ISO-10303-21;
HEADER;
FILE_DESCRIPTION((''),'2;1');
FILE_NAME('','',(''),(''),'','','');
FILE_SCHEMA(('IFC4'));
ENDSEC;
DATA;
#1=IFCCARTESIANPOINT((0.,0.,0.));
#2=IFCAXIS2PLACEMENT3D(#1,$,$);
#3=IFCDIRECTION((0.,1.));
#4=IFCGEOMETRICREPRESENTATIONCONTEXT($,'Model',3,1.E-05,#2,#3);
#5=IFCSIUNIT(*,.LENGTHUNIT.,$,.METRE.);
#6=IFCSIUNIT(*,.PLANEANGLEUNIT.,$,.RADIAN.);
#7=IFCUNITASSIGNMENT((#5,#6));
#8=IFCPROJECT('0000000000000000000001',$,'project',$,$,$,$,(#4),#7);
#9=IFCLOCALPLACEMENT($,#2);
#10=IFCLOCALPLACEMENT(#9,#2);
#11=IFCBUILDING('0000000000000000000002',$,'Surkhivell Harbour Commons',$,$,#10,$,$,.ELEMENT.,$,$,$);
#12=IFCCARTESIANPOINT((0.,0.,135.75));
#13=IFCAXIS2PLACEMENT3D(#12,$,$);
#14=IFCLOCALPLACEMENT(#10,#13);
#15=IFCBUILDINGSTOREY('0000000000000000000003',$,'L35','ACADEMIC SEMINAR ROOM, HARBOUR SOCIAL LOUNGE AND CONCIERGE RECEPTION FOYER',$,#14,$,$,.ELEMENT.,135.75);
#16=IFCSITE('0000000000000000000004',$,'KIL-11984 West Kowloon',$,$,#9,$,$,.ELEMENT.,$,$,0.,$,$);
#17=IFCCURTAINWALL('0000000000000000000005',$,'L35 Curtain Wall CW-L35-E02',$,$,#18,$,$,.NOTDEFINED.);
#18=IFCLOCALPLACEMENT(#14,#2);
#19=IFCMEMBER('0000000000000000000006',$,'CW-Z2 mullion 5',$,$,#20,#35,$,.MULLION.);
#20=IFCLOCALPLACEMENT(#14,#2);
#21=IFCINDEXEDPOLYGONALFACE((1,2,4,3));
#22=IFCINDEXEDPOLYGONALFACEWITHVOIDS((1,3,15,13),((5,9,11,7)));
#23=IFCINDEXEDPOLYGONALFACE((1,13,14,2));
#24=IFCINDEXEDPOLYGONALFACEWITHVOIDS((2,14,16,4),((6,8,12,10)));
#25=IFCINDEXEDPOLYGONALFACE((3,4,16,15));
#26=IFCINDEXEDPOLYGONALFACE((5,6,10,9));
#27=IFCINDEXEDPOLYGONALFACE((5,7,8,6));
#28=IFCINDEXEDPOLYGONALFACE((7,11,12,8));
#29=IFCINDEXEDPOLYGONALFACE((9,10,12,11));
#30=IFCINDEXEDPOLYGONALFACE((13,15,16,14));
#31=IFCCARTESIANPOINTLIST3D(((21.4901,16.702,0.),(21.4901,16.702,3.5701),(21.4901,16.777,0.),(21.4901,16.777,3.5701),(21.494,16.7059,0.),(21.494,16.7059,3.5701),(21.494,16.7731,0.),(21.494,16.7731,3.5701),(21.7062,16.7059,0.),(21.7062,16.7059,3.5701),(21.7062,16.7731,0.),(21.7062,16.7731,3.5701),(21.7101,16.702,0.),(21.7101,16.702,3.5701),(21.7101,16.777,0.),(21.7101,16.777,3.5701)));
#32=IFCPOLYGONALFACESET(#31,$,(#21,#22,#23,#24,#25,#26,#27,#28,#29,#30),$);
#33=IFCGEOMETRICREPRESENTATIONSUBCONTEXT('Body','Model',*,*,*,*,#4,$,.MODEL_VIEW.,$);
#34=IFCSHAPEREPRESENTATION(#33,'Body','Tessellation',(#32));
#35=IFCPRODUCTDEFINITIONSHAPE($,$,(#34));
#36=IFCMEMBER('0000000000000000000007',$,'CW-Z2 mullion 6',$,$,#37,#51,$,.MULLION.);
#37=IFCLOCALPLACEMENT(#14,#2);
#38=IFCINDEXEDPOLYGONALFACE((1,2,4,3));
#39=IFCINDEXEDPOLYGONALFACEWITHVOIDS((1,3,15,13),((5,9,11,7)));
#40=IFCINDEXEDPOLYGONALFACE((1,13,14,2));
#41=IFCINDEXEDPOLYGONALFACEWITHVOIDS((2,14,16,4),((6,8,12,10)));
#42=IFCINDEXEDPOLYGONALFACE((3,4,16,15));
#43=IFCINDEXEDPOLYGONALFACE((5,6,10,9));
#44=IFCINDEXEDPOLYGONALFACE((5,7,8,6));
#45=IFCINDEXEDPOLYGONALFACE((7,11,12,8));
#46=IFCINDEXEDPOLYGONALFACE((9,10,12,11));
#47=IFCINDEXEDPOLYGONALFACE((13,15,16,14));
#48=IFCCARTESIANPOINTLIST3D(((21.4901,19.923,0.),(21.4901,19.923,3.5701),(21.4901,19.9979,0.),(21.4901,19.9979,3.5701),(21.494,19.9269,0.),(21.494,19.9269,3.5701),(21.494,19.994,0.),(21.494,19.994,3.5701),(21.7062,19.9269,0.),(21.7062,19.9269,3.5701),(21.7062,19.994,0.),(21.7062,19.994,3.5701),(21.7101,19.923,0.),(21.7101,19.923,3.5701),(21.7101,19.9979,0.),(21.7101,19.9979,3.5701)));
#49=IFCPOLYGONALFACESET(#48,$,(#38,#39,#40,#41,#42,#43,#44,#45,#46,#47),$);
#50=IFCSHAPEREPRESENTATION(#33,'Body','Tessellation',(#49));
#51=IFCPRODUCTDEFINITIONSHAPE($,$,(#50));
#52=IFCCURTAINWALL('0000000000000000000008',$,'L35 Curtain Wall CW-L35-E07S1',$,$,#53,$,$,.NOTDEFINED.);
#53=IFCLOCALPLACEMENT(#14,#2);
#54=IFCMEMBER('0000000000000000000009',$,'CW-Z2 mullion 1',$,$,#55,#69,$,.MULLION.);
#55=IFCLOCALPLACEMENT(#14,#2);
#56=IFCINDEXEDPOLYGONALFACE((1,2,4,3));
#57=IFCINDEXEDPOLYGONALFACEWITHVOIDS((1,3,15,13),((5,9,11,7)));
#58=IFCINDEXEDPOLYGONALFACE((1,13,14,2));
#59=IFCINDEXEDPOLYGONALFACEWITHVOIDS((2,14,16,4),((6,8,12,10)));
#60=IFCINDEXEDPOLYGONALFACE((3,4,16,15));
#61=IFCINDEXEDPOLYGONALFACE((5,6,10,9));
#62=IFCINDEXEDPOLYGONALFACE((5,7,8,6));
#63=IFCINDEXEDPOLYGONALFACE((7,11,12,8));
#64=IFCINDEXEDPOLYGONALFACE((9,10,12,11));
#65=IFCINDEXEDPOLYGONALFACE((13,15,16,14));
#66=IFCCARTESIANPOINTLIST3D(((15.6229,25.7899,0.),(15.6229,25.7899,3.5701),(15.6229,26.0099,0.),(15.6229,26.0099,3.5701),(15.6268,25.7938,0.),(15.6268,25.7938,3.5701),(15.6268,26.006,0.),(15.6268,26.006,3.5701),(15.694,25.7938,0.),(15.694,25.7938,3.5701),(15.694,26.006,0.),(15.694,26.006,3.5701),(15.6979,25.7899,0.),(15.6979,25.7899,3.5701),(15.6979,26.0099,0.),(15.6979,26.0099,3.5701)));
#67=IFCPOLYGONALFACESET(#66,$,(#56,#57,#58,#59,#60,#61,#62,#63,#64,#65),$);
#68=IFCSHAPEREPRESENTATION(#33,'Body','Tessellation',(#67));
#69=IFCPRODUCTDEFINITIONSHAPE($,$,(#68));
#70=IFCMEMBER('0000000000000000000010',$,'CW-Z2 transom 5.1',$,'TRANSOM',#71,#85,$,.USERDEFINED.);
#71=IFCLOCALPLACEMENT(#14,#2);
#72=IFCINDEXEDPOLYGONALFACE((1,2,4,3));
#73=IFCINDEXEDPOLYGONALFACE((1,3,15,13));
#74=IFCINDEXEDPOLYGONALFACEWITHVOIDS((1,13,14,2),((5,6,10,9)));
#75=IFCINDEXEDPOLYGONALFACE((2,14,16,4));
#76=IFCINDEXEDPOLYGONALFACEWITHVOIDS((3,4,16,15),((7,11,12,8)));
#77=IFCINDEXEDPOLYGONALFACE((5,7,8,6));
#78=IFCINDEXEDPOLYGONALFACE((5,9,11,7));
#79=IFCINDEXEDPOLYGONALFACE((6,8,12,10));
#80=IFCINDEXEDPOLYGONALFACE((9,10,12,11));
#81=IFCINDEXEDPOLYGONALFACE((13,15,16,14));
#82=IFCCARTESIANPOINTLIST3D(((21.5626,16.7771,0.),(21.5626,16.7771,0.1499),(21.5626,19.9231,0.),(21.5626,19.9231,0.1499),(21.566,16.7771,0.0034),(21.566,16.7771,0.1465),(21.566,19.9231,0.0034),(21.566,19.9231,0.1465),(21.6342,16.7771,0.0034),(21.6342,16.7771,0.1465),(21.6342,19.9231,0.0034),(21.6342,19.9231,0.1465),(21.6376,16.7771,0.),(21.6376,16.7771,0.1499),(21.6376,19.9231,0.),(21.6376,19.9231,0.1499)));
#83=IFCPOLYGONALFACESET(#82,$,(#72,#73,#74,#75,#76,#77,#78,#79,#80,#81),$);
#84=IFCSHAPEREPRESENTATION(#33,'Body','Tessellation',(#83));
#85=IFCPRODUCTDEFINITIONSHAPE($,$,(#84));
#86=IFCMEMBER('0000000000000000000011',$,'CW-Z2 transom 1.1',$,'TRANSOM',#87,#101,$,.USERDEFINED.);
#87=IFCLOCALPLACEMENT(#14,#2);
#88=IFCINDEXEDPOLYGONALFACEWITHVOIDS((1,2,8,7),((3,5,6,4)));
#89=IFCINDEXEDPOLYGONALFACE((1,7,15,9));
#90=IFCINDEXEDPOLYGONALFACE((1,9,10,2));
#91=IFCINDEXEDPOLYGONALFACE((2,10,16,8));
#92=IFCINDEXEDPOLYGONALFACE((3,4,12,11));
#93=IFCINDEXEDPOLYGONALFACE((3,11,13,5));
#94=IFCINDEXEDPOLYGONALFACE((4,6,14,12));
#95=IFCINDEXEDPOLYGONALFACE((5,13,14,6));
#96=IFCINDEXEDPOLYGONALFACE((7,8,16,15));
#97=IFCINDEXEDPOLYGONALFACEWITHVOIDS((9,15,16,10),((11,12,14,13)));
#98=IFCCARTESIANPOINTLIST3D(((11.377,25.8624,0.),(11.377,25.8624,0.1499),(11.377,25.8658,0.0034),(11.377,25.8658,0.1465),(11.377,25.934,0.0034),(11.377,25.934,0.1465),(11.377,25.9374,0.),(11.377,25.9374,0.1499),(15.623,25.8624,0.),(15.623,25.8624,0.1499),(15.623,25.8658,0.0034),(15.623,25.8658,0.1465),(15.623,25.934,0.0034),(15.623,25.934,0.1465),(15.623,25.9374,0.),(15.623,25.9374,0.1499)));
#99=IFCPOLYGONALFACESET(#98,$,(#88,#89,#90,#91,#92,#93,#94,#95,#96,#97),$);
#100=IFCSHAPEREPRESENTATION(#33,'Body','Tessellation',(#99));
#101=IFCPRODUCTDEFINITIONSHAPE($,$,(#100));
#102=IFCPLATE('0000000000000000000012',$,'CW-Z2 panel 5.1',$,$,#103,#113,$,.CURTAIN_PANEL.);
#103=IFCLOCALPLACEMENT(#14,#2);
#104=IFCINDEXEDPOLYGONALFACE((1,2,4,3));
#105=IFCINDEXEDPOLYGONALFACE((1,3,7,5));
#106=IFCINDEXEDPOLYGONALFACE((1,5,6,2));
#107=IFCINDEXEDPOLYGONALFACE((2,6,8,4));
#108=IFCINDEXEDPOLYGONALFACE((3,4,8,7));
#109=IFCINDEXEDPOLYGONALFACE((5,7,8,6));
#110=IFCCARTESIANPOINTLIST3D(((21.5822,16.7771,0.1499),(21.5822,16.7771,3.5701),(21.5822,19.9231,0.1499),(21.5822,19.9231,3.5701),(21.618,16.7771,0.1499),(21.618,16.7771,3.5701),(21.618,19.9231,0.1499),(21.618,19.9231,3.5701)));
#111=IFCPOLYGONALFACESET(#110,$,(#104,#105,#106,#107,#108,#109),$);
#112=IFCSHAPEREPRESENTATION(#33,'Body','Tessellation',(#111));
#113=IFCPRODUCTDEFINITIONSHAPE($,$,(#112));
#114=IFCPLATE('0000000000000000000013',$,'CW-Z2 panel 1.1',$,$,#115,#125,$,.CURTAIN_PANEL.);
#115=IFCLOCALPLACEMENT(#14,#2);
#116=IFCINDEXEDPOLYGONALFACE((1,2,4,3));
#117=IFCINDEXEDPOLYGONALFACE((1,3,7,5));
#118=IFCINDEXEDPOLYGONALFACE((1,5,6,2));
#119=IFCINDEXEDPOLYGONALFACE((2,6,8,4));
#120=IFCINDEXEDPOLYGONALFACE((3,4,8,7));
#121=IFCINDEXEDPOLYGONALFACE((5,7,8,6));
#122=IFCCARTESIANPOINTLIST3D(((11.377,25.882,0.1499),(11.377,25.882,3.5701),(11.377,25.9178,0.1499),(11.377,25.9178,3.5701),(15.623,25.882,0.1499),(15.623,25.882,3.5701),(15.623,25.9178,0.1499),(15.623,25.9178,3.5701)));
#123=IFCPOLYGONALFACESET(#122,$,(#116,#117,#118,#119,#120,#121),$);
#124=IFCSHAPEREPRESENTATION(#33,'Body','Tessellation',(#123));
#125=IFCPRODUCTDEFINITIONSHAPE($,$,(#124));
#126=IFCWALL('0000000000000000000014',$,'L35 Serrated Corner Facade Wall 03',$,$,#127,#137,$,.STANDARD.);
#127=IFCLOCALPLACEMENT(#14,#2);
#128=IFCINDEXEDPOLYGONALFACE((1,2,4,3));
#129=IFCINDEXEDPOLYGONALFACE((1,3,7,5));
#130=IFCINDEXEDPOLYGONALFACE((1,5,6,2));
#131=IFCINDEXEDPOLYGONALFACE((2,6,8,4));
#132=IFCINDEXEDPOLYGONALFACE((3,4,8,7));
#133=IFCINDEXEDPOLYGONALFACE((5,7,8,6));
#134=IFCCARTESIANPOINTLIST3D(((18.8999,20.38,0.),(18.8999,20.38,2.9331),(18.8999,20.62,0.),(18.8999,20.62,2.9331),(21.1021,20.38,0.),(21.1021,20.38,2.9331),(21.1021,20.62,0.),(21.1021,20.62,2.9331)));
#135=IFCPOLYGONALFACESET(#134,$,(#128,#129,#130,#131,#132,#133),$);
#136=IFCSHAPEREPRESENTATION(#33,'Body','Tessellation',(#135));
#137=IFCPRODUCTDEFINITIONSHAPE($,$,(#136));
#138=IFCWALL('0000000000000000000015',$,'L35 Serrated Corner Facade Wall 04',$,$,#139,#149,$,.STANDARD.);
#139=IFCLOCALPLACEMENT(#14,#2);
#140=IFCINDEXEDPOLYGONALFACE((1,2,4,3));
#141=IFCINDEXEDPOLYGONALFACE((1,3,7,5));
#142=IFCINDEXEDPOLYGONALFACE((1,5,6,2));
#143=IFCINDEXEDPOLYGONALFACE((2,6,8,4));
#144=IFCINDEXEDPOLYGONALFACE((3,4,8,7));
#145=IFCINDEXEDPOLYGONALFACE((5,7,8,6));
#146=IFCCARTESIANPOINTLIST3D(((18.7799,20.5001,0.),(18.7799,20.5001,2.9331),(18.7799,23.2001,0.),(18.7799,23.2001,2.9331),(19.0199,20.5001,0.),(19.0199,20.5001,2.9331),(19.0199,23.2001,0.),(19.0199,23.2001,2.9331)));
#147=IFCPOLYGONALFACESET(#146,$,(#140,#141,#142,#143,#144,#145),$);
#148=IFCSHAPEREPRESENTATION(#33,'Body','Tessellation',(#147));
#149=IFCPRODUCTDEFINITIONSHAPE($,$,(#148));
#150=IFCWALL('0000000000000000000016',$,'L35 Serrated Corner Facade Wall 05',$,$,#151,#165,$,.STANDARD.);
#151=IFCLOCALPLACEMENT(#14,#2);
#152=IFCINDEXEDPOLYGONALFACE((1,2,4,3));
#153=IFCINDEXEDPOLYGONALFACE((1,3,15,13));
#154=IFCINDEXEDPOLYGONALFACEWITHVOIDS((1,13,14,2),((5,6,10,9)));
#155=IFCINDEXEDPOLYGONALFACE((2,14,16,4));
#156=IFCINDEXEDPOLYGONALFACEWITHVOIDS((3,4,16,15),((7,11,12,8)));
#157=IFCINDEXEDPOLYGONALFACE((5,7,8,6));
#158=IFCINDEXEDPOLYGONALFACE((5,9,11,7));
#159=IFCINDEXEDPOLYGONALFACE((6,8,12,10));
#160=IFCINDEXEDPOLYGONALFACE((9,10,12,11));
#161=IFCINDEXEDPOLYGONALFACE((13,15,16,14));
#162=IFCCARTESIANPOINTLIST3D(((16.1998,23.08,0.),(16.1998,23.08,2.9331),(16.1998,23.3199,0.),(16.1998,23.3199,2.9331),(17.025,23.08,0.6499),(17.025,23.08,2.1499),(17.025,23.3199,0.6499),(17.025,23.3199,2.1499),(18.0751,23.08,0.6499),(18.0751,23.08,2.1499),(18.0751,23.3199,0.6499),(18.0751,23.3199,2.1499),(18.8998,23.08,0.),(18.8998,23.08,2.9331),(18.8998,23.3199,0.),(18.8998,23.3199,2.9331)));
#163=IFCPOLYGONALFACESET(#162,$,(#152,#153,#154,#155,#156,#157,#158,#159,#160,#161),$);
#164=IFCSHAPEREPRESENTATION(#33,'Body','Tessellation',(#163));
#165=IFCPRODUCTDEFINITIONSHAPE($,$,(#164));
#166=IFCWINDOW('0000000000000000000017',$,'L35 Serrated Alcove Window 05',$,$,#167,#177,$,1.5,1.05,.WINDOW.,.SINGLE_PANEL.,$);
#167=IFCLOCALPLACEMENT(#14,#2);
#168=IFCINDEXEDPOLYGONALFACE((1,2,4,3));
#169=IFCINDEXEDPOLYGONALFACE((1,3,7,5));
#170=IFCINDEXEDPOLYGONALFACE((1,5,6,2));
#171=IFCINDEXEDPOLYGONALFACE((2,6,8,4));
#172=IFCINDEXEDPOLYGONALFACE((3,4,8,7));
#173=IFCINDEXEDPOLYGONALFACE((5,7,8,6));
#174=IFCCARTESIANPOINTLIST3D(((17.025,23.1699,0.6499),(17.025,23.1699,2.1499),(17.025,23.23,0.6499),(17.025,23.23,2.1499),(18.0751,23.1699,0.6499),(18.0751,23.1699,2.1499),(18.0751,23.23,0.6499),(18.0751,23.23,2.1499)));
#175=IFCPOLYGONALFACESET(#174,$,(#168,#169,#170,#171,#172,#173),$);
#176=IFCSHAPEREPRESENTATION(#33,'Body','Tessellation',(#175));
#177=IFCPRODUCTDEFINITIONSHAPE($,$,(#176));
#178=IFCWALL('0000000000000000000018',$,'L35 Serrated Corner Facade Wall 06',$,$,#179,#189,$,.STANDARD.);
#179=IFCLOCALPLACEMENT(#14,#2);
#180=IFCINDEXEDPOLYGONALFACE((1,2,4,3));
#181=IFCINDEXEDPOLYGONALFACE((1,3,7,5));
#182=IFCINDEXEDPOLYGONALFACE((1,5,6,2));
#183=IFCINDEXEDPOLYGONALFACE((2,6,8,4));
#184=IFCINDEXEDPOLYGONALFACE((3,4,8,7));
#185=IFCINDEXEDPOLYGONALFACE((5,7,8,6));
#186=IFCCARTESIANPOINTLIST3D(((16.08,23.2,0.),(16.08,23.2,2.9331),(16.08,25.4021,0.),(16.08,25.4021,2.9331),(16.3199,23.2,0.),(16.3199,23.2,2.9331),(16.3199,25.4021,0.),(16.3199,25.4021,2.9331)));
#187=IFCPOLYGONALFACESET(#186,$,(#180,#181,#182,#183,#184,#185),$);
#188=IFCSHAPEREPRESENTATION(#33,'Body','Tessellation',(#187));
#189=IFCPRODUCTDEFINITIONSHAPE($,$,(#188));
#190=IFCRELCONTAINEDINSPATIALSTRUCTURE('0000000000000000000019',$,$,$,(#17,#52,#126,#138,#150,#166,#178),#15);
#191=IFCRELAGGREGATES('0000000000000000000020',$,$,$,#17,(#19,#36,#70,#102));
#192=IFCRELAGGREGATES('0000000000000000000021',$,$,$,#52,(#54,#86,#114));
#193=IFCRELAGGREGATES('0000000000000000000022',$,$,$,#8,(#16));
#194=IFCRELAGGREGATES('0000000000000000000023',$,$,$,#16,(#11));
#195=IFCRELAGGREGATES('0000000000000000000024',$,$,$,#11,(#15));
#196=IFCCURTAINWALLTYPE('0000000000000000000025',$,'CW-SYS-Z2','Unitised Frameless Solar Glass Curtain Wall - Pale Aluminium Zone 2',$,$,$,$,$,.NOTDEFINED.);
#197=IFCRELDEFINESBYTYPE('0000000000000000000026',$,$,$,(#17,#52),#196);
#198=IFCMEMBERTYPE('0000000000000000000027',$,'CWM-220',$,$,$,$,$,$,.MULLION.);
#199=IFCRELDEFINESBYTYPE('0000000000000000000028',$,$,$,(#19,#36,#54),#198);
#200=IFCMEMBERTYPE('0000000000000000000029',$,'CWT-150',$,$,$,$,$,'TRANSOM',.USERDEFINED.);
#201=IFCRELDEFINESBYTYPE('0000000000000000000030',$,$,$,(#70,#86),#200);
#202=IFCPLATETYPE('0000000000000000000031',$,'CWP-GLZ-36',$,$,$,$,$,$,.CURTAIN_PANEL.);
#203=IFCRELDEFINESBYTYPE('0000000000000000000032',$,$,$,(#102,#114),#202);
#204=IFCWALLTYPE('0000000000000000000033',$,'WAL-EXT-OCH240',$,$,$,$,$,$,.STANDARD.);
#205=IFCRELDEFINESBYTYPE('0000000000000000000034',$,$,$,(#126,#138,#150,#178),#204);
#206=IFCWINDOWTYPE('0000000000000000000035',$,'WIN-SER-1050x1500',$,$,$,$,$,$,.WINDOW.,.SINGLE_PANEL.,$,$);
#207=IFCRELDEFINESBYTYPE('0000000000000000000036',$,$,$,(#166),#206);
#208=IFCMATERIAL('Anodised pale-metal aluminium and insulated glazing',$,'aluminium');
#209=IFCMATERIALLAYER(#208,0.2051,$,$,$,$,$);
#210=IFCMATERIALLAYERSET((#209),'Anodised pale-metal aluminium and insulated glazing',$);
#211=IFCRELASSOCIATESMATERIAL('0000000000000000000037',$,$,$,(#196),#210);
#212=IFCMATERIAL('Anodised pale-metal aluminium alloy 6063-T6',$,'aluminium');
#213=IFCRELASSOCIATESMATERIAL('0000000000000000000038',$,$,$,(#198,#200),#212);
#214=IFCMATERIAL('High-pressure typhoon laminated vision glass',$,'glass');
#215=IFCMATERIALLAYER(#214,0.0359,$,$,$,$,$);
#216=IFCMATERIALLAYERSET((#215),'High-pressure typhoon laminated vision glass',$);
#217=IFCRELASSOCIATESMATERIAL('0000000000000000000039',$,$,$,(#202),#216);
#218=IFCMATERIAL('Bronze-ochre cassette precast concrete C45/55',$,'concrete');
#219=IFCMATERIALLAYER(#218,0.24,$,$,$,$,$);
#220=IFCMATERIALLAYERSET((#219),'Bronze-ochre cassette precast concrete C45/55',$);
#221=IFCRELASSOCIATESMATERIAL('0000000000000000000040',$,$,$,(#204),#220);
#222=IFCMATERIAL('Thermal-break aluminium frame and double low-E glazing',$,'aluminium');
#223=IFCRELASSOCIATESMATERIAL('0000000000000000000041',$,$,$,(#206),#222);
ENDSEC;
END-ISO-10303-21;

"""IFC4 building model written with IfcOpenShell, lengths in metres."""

from ifc_helpers import new_model, si_unit, direction, frame, frame_2d, origin, origin_2d, place, context, subcontext, project, spatial, rectangle, hollow_rectangle, extrude, material, layer, layer_set, material_profile, profile_set, type_object, element, fill, aggregate, save


model = new_model("IFC4")

# Units and contexts
model_context = context("Model", 3, precision=1e-05, world=origin(), true_north=direction((0.0, 1.0)))
body_context = subcontext(model_context, "Body", "Model", "MODEL_VIEW")
ifc_project = project(units=[si_unit("LENGTHUNIT", "METRE"), si_unit("PLANEANGLEUNIT", "RADIAN")], contexts=[model_context])

# Site, building, storey
site_placement = place(None, origin())
site = spatial("IfcSite", under=ifc_project, at=site_placement, Name="KIL-11984 West Kowloon", CompositionType="ELEMENT", RefElevation=0.0)
building_placement = place(site_placement, origin())
building = spatial("IfcBuilding", under=site, at=building_placement, Name="Surkhivell Harbour Commons", CompositionType="ELEMENT")
storey_placement = place(building_placement, frame((0.0, 0.0, 135.75)))
storey = spatial("IfcBuildingStorey", under=building, at=storey_placement, Name="L35", Description="ACADEMIC SEMINAR ROOM, HARBOUR SOCIAL LOUNGE AND CONCIERGE RECEPTION FOYER", CompositionType="ELEMENT", Elevation=135.75)

# Curtain wall, members
ifc_material_1 = material(Name="Anodised pale-metal aluminium and insulated glazing", Category="aluminium")
ifc_layer_1 = layer(ifc_material_1, 0.2051)
ifc_layer_set_1 = layer_set([ifc_layer_1], Name="Anodised pale-metal aluminium and insulated glazing")
curtain_wall_type = type_object("IfcCurtainWallType", Name="CW-SYS-Z2", Description="Unitised Frameless Solar Glass Curtain Wall - Pale Aluminium Zone 2", PredefinedType="NOTDEFINED", material=ifc_layer_set_1)
curtain_wall_1_placement = place(storey_placement, origin())
curtain_wall_1 = element("IfcCurtainWall", 1, at=curtain_wall_1_placement, inside=storey, type_object=curtain_wall_type, Name="L35 Curtain Wall CW-L35-E02", PredefinedType="NOTDEFINED")
ifc_material_2 = material(Name="Anodised pale-metal aluminium alloy 6063-T6", Category="aluminium")
ifc_material_profile_1 = material_profile(ifc_material_2, hollow_rectangle(XDim=0.075, YDim=0.22, WallThickness=0.0039, at=origin_2d()), Name="ALU-MULL-75x220")
ifc_profile_set_1 = profile_set([ifc_material_profile_1], Name="Anodised pale-metal aluminium alloy 6063-T6")
member_type_1 = type_object("IfcMemberType", Name="CWM-220", PredefinedType="MULLION", material=ifc_profile_set_1)
member_1_placement = place(storey_placement, frame((21.6001, 16.7395, 0.0), z_axis=(0.0, 0.0, 1.0), x_axis=(0.0, 1.0, 0.0)))
member_1 = element("IfcMember", 2, at=member_1_placement, type_object=member_type_1, Name="CW-Z2 mullion 5", PredefinedType="MULLION", context=body_context, shape_type="SweptSolid", body=[
    extrude(hollow_rectangle(XDim=0.075, YDim=0.22, WallThickness=0.0039, at=origin_2d()), origin(), (0.0, 0.0, 1.0), 3.5701),
])
member_2_placement = place(storey_placement, frame((21.6001, 19.9604, 0.0), z_axis=(0.0, 0.0, 1.0), x_axis=(0.0, 1.0, 0.0)))
member_2 = element("IfcMember", 3, at=member_2_placement, type_object=member_type_1, Name="CW-Z2 mullion 6", PredefinedType="MULLION", context=body_context, shape_type="SweptSolid", body=[
    extrude(hollow_rectangle(XDim=0.075, YDim=0.22, WallThickness=0.0039, at=origin_2d()), origin(), (0.0, 0.0, 1.0), 3.5701),
])

# Curtain wall, member
curtain_wall_2_placement = place(storey_placement, origin())
curtain_wall_2 = element("IfcCurtainWall", 4, at=curtain_wall_2_placement, inside=storey, type_object=curtain_wall_type, Name="L35 Curtain Wall CW-L35-E07S1", PredefinedType="NOTDEFINED")
member_3_placement = place(storey_placement, frame((15.6604, 25.8999, 0.0), z_axis=(0.0, 0.0, 1.0), x_axis=(-1.0, 0.0, 0.0)))
member_3 = element("IfcMember", 5, at=member_3_placement, type_object=member_type_1, Name="CW-Z2 mullion 1", PredefinedType="MULLION", context=body_context, shape_type="SweptSolid", body=[
    extrude(hollow_rectangle(XDim=0.075, YDim=0.22, WallThickness=0.0039, at=origin_2d()), origin(), (0.0, 0.0, 1.0), 3.5701),
])

# Members
ifc_material_profile_2 = material_profile(ifc_material_2, hollow_rectangle(XDim=0.075, YDim=0.1499, WallThickness=0.0034, at=origin_2d()), Name="ALU-TRAN-75x150")
ifc_profile_set_2 = profile_set([ifc_material_profile_2], Name="Anodised pale-metal aluminium alloy 6063-T6")
member_type_2 = type_object("IfcMemberType", Name="CWT-150", ElementType="TRANSOM", PredefinedType="USERDEFINED", material=ifc_profile_set_2)
member_4_placement = place(storey_placement, frame((21.6001, 16.7771, 0.075), z_axis=(0.0, 1.0, 0.0), x_axis=(-1.0, 0.0, 0.0)))
member_4 = element("IfcMember", 6, at=member_4_placement, type_object=member_type_2, Name="CW-Z2 transom 5.1", ObjectType="TRANSOM", PredefinedType="USERDEFINED", context=body_context, shape_type="SweptSolid", body=[
    extrude(hollow_rectangle(XDim=0.075, YDim=0.1499, WallThickness=0.0034, at=origin_2d()), origin(), (0.0, 0.0, 1.0), 3.146),
])
member_5_placement = place(storey_placement, frame((15.623, 25.8999, 0.075), z_axis=(-1.0, 0.0, 0.0), x_axis=(0.0, -1.0, 0.0)))
member_5 = element("IfcMember", 7, at=member_5_placement, type_object=member_type_2, Name="CW-Z2 transom 1.1", ObjectType="TRANSOM", PredefinedType="USERDEFINED", context=body_context, shape_type="SweptSolid", body=[
    extrude(hollow_rectangle(XDim=0.075, YDim=0.1499, WallThickness=0.0034, at=origin_2d()), origin(), (0.0, 0.0, 1.0), 4.2461),
])

# Plates
ifc_material_3 = material(Name="High-pressure typhoon laminated vision glass", Category="glass")
ifc_layer_2 = layer(ifc_material_3, 0.0359)
ifc_layer_set_2 = layer_set([ifc_layer_2], Name="High-pressure typhoon laminated vision glass")
plate_type = type_object("IfcPlateType", Name="CWP-GLZ-36", PredefinedType="CURTAIN_PANEL", material=ifc_layer_set_2)
plate_1_placement = place(storey_placement, frame((21.6001, 16.7771, 0.1499), z_axis=(0.0, 0.0, 1.0), x_axis=(0.0, 1.0, 0.0)))
plate_1 = element("IfcPlate", 8, at=plate_1_placement, type_object=plate_type, Name="CW-Z2 panel 5.1", PredefinedType="CURTAIN_PANEL", context=body_context, shape_type="SweptSolid", body=[
    extrude(rectangle(XDim=3.146, YDim=0.0359, at=frame_2d((1.573, 0.0))), origin(), (0.0, 0.0, 1.0), 3.4202),
])
aggregate(curtain_wall_1, [member_1, member_2, member_4, plate_1])
plate_2_placement = place(storey_placement, frame((15.623, 25.8999, 0.1499), z_axis=(0.0, 0.0, 1.0), x_axis=(-1.0, 0.0, 0.0)))
plate_2 = element("IfcPlate", 9, at=plate_2_placement, type_object=plate_type, Name="CW-Z2 panel 1.1", PredefinedType="CURTAIN_PANEL", context=body_context, shape_type="SweptSolid", body=[
    extrude(rectangle(XDim=4.2461, YDim=0.0359, at=frame_2d((2.123, 0.0))), origin(), (0.0, 0.0, 1.0), 3.4202),
])
aggregate(curtain_wall_2, [member_3, member_5, plate_2])

# Walls
ifc_material_4 = material(Name="Bronze-ochre cassette precast concrete C45/55", Category="concrete")
ifc_layer_3 = layer(ifc_material_4, 0.24)
ifc_layer_set_3 = layer_set([ifc_layer_3], Name="Bronze-ochre cassette precast concrete C45/55")
wall_type_1 = type_object("IfcWallType", Name="WAL-EXT-OCH240", PredefinedType="STANDARD", material=ifc_layer_set_3)
wall_1_placement = place(storey_placement, frame((21.1021, 20.5, 0.0), z_axis=(0.0, 0.0, 1.0), x_axis=(-1.0, 0.0, 0.0)))
element("IfcWall", 10, at=wall_1_placement, inside=storey, type_object=wall_type_1, Name="L35 Serrated Corner Facade Wall 03", PredefinedType="STANDARD", context=body_context, shape_type="SweptSolid", body=[
    extrude(rectangle(XDim=2.2021, YDim=0.24, at=frame_2d((1.1011, 0.0))), origin(), (0.0, 0.0, 1.0), 2.9331),
])
wall_2_placement = place(storey_placement, frame((18.8999, 20.5, 0.0), z_axis=(0.0, 0.0, 1.0), x_axis=(0.0, 1.0, 0.0)))
element("IfcWall", 11, at=wall_2_placement, inside=storey, type_object=wall_type_1, Name="L35 Serrated Corner Facade Wall 04", PredefinedType="STANDARD", context=body_context, shape_type="SweptSolid", body=[
    extrude(rectangle(XDim=2.7, YDim=0.24, at=frame_2d((1.3501, 0.0))), origin(), (0.0, 0.0, 1.0), 2.9331),
])

# Wall, opening, window
wall_3_placement = place(storey_placement, frame((18.8999, 23.2, 0.0), z_axis=(0.0, 0.0, 1.0), x_axis=(-1.0, 0.0, 0.0)))
wall_3 = element("IfcWall", 12, at=wall_3_placement, inside=storey, type_object=wall_type_1, Name="L35 Serrated Corner Facade Wall 05", PredefinedType="STANDARD", context=body_context, shape_type="SweptSolid", body=[
    extrude(rectangle(XDim=2.7, YDim=0.24, at=frame_2d((1.3501, 0.0))), origin(), (0.0, 0.0, 1.0), 2.9331),
])
opening_placement = place(wall_3_placement, frame((0.825, 0.0, 0.6499)))
opening = element("IfcOpeningElement", 13, at=opening_placement, cuts=wall_3, PredefinedType="OPENING", context=body_context, shape_type="SweptSolid", body=[
    extrude(rectangle(XDim=1.05, YDim=1.5, at=frame_2d((0.5249, 0.75))), frame((0.0, 0.1299, 0.0), z_axis=(0.0, -1.0, 0.0), x_axis=(1.0, 0.0, 0.0)), (0.0, 0.0, 1.0), 0.26),
])
ifc_material_5 = material(Name="Thermal-break aluminium frame and double low-E glazing", Category="aluminium")
window_type = type_object("IfcWindowType", Name="WIN-SER-1050x1500", PartitioningType="SINGLE_PANEL", PredefinedType="WINDOW", material=ifc_material_5)
window_placement = place(opening_placement, origin())
window = element("IfcWindow", 14, at=window_placement, inside=storey, type_object=window_type, Name="L35 Serrated Alcove Window 05", OverallHeight=1.5, OverallWidth=1.05, PartitioningType="SINGLE_PANEL", PredefinedType="WINDOW", context=body_context, shape_type="SweptSolid", body=[
    extrude(rectangle(XDim=1.05, YDim=1.5, at=frame_2d((0.5249, 0.75))), frame((0.0, 0.03, 0.0), z_axis=(0.0, -1.0, 0.0), x_axis=(1.0, 0.0, 0.0)), (0.0, 0.0, 1.0), 0.0601),
])
fill(opening, window)

# Wall
wall_4_placement = place(storey_placement, frame((16.2, 23.2, 0.0), z_axis=(0.0, 0.0, 1.0), x_axis=(0.0, 1.0, 0.0)))
element("IfcWall", 15, at=wall_4_placement, inside=storey, type_object=wall_type_1, Name="L35 Serrated Corner Facade Wall 06", PredefinedType="STANDARD", context=body_context, shape_type="SweptSolid", body=[
    extrude(rectangle(XDim=2.2021, YDim=0.24, at=frame_2d((1.1011, 0.0))), origin(), (0.0, 0.0, 1.0), 2.9331),
])

save(model, "model.ifc")
